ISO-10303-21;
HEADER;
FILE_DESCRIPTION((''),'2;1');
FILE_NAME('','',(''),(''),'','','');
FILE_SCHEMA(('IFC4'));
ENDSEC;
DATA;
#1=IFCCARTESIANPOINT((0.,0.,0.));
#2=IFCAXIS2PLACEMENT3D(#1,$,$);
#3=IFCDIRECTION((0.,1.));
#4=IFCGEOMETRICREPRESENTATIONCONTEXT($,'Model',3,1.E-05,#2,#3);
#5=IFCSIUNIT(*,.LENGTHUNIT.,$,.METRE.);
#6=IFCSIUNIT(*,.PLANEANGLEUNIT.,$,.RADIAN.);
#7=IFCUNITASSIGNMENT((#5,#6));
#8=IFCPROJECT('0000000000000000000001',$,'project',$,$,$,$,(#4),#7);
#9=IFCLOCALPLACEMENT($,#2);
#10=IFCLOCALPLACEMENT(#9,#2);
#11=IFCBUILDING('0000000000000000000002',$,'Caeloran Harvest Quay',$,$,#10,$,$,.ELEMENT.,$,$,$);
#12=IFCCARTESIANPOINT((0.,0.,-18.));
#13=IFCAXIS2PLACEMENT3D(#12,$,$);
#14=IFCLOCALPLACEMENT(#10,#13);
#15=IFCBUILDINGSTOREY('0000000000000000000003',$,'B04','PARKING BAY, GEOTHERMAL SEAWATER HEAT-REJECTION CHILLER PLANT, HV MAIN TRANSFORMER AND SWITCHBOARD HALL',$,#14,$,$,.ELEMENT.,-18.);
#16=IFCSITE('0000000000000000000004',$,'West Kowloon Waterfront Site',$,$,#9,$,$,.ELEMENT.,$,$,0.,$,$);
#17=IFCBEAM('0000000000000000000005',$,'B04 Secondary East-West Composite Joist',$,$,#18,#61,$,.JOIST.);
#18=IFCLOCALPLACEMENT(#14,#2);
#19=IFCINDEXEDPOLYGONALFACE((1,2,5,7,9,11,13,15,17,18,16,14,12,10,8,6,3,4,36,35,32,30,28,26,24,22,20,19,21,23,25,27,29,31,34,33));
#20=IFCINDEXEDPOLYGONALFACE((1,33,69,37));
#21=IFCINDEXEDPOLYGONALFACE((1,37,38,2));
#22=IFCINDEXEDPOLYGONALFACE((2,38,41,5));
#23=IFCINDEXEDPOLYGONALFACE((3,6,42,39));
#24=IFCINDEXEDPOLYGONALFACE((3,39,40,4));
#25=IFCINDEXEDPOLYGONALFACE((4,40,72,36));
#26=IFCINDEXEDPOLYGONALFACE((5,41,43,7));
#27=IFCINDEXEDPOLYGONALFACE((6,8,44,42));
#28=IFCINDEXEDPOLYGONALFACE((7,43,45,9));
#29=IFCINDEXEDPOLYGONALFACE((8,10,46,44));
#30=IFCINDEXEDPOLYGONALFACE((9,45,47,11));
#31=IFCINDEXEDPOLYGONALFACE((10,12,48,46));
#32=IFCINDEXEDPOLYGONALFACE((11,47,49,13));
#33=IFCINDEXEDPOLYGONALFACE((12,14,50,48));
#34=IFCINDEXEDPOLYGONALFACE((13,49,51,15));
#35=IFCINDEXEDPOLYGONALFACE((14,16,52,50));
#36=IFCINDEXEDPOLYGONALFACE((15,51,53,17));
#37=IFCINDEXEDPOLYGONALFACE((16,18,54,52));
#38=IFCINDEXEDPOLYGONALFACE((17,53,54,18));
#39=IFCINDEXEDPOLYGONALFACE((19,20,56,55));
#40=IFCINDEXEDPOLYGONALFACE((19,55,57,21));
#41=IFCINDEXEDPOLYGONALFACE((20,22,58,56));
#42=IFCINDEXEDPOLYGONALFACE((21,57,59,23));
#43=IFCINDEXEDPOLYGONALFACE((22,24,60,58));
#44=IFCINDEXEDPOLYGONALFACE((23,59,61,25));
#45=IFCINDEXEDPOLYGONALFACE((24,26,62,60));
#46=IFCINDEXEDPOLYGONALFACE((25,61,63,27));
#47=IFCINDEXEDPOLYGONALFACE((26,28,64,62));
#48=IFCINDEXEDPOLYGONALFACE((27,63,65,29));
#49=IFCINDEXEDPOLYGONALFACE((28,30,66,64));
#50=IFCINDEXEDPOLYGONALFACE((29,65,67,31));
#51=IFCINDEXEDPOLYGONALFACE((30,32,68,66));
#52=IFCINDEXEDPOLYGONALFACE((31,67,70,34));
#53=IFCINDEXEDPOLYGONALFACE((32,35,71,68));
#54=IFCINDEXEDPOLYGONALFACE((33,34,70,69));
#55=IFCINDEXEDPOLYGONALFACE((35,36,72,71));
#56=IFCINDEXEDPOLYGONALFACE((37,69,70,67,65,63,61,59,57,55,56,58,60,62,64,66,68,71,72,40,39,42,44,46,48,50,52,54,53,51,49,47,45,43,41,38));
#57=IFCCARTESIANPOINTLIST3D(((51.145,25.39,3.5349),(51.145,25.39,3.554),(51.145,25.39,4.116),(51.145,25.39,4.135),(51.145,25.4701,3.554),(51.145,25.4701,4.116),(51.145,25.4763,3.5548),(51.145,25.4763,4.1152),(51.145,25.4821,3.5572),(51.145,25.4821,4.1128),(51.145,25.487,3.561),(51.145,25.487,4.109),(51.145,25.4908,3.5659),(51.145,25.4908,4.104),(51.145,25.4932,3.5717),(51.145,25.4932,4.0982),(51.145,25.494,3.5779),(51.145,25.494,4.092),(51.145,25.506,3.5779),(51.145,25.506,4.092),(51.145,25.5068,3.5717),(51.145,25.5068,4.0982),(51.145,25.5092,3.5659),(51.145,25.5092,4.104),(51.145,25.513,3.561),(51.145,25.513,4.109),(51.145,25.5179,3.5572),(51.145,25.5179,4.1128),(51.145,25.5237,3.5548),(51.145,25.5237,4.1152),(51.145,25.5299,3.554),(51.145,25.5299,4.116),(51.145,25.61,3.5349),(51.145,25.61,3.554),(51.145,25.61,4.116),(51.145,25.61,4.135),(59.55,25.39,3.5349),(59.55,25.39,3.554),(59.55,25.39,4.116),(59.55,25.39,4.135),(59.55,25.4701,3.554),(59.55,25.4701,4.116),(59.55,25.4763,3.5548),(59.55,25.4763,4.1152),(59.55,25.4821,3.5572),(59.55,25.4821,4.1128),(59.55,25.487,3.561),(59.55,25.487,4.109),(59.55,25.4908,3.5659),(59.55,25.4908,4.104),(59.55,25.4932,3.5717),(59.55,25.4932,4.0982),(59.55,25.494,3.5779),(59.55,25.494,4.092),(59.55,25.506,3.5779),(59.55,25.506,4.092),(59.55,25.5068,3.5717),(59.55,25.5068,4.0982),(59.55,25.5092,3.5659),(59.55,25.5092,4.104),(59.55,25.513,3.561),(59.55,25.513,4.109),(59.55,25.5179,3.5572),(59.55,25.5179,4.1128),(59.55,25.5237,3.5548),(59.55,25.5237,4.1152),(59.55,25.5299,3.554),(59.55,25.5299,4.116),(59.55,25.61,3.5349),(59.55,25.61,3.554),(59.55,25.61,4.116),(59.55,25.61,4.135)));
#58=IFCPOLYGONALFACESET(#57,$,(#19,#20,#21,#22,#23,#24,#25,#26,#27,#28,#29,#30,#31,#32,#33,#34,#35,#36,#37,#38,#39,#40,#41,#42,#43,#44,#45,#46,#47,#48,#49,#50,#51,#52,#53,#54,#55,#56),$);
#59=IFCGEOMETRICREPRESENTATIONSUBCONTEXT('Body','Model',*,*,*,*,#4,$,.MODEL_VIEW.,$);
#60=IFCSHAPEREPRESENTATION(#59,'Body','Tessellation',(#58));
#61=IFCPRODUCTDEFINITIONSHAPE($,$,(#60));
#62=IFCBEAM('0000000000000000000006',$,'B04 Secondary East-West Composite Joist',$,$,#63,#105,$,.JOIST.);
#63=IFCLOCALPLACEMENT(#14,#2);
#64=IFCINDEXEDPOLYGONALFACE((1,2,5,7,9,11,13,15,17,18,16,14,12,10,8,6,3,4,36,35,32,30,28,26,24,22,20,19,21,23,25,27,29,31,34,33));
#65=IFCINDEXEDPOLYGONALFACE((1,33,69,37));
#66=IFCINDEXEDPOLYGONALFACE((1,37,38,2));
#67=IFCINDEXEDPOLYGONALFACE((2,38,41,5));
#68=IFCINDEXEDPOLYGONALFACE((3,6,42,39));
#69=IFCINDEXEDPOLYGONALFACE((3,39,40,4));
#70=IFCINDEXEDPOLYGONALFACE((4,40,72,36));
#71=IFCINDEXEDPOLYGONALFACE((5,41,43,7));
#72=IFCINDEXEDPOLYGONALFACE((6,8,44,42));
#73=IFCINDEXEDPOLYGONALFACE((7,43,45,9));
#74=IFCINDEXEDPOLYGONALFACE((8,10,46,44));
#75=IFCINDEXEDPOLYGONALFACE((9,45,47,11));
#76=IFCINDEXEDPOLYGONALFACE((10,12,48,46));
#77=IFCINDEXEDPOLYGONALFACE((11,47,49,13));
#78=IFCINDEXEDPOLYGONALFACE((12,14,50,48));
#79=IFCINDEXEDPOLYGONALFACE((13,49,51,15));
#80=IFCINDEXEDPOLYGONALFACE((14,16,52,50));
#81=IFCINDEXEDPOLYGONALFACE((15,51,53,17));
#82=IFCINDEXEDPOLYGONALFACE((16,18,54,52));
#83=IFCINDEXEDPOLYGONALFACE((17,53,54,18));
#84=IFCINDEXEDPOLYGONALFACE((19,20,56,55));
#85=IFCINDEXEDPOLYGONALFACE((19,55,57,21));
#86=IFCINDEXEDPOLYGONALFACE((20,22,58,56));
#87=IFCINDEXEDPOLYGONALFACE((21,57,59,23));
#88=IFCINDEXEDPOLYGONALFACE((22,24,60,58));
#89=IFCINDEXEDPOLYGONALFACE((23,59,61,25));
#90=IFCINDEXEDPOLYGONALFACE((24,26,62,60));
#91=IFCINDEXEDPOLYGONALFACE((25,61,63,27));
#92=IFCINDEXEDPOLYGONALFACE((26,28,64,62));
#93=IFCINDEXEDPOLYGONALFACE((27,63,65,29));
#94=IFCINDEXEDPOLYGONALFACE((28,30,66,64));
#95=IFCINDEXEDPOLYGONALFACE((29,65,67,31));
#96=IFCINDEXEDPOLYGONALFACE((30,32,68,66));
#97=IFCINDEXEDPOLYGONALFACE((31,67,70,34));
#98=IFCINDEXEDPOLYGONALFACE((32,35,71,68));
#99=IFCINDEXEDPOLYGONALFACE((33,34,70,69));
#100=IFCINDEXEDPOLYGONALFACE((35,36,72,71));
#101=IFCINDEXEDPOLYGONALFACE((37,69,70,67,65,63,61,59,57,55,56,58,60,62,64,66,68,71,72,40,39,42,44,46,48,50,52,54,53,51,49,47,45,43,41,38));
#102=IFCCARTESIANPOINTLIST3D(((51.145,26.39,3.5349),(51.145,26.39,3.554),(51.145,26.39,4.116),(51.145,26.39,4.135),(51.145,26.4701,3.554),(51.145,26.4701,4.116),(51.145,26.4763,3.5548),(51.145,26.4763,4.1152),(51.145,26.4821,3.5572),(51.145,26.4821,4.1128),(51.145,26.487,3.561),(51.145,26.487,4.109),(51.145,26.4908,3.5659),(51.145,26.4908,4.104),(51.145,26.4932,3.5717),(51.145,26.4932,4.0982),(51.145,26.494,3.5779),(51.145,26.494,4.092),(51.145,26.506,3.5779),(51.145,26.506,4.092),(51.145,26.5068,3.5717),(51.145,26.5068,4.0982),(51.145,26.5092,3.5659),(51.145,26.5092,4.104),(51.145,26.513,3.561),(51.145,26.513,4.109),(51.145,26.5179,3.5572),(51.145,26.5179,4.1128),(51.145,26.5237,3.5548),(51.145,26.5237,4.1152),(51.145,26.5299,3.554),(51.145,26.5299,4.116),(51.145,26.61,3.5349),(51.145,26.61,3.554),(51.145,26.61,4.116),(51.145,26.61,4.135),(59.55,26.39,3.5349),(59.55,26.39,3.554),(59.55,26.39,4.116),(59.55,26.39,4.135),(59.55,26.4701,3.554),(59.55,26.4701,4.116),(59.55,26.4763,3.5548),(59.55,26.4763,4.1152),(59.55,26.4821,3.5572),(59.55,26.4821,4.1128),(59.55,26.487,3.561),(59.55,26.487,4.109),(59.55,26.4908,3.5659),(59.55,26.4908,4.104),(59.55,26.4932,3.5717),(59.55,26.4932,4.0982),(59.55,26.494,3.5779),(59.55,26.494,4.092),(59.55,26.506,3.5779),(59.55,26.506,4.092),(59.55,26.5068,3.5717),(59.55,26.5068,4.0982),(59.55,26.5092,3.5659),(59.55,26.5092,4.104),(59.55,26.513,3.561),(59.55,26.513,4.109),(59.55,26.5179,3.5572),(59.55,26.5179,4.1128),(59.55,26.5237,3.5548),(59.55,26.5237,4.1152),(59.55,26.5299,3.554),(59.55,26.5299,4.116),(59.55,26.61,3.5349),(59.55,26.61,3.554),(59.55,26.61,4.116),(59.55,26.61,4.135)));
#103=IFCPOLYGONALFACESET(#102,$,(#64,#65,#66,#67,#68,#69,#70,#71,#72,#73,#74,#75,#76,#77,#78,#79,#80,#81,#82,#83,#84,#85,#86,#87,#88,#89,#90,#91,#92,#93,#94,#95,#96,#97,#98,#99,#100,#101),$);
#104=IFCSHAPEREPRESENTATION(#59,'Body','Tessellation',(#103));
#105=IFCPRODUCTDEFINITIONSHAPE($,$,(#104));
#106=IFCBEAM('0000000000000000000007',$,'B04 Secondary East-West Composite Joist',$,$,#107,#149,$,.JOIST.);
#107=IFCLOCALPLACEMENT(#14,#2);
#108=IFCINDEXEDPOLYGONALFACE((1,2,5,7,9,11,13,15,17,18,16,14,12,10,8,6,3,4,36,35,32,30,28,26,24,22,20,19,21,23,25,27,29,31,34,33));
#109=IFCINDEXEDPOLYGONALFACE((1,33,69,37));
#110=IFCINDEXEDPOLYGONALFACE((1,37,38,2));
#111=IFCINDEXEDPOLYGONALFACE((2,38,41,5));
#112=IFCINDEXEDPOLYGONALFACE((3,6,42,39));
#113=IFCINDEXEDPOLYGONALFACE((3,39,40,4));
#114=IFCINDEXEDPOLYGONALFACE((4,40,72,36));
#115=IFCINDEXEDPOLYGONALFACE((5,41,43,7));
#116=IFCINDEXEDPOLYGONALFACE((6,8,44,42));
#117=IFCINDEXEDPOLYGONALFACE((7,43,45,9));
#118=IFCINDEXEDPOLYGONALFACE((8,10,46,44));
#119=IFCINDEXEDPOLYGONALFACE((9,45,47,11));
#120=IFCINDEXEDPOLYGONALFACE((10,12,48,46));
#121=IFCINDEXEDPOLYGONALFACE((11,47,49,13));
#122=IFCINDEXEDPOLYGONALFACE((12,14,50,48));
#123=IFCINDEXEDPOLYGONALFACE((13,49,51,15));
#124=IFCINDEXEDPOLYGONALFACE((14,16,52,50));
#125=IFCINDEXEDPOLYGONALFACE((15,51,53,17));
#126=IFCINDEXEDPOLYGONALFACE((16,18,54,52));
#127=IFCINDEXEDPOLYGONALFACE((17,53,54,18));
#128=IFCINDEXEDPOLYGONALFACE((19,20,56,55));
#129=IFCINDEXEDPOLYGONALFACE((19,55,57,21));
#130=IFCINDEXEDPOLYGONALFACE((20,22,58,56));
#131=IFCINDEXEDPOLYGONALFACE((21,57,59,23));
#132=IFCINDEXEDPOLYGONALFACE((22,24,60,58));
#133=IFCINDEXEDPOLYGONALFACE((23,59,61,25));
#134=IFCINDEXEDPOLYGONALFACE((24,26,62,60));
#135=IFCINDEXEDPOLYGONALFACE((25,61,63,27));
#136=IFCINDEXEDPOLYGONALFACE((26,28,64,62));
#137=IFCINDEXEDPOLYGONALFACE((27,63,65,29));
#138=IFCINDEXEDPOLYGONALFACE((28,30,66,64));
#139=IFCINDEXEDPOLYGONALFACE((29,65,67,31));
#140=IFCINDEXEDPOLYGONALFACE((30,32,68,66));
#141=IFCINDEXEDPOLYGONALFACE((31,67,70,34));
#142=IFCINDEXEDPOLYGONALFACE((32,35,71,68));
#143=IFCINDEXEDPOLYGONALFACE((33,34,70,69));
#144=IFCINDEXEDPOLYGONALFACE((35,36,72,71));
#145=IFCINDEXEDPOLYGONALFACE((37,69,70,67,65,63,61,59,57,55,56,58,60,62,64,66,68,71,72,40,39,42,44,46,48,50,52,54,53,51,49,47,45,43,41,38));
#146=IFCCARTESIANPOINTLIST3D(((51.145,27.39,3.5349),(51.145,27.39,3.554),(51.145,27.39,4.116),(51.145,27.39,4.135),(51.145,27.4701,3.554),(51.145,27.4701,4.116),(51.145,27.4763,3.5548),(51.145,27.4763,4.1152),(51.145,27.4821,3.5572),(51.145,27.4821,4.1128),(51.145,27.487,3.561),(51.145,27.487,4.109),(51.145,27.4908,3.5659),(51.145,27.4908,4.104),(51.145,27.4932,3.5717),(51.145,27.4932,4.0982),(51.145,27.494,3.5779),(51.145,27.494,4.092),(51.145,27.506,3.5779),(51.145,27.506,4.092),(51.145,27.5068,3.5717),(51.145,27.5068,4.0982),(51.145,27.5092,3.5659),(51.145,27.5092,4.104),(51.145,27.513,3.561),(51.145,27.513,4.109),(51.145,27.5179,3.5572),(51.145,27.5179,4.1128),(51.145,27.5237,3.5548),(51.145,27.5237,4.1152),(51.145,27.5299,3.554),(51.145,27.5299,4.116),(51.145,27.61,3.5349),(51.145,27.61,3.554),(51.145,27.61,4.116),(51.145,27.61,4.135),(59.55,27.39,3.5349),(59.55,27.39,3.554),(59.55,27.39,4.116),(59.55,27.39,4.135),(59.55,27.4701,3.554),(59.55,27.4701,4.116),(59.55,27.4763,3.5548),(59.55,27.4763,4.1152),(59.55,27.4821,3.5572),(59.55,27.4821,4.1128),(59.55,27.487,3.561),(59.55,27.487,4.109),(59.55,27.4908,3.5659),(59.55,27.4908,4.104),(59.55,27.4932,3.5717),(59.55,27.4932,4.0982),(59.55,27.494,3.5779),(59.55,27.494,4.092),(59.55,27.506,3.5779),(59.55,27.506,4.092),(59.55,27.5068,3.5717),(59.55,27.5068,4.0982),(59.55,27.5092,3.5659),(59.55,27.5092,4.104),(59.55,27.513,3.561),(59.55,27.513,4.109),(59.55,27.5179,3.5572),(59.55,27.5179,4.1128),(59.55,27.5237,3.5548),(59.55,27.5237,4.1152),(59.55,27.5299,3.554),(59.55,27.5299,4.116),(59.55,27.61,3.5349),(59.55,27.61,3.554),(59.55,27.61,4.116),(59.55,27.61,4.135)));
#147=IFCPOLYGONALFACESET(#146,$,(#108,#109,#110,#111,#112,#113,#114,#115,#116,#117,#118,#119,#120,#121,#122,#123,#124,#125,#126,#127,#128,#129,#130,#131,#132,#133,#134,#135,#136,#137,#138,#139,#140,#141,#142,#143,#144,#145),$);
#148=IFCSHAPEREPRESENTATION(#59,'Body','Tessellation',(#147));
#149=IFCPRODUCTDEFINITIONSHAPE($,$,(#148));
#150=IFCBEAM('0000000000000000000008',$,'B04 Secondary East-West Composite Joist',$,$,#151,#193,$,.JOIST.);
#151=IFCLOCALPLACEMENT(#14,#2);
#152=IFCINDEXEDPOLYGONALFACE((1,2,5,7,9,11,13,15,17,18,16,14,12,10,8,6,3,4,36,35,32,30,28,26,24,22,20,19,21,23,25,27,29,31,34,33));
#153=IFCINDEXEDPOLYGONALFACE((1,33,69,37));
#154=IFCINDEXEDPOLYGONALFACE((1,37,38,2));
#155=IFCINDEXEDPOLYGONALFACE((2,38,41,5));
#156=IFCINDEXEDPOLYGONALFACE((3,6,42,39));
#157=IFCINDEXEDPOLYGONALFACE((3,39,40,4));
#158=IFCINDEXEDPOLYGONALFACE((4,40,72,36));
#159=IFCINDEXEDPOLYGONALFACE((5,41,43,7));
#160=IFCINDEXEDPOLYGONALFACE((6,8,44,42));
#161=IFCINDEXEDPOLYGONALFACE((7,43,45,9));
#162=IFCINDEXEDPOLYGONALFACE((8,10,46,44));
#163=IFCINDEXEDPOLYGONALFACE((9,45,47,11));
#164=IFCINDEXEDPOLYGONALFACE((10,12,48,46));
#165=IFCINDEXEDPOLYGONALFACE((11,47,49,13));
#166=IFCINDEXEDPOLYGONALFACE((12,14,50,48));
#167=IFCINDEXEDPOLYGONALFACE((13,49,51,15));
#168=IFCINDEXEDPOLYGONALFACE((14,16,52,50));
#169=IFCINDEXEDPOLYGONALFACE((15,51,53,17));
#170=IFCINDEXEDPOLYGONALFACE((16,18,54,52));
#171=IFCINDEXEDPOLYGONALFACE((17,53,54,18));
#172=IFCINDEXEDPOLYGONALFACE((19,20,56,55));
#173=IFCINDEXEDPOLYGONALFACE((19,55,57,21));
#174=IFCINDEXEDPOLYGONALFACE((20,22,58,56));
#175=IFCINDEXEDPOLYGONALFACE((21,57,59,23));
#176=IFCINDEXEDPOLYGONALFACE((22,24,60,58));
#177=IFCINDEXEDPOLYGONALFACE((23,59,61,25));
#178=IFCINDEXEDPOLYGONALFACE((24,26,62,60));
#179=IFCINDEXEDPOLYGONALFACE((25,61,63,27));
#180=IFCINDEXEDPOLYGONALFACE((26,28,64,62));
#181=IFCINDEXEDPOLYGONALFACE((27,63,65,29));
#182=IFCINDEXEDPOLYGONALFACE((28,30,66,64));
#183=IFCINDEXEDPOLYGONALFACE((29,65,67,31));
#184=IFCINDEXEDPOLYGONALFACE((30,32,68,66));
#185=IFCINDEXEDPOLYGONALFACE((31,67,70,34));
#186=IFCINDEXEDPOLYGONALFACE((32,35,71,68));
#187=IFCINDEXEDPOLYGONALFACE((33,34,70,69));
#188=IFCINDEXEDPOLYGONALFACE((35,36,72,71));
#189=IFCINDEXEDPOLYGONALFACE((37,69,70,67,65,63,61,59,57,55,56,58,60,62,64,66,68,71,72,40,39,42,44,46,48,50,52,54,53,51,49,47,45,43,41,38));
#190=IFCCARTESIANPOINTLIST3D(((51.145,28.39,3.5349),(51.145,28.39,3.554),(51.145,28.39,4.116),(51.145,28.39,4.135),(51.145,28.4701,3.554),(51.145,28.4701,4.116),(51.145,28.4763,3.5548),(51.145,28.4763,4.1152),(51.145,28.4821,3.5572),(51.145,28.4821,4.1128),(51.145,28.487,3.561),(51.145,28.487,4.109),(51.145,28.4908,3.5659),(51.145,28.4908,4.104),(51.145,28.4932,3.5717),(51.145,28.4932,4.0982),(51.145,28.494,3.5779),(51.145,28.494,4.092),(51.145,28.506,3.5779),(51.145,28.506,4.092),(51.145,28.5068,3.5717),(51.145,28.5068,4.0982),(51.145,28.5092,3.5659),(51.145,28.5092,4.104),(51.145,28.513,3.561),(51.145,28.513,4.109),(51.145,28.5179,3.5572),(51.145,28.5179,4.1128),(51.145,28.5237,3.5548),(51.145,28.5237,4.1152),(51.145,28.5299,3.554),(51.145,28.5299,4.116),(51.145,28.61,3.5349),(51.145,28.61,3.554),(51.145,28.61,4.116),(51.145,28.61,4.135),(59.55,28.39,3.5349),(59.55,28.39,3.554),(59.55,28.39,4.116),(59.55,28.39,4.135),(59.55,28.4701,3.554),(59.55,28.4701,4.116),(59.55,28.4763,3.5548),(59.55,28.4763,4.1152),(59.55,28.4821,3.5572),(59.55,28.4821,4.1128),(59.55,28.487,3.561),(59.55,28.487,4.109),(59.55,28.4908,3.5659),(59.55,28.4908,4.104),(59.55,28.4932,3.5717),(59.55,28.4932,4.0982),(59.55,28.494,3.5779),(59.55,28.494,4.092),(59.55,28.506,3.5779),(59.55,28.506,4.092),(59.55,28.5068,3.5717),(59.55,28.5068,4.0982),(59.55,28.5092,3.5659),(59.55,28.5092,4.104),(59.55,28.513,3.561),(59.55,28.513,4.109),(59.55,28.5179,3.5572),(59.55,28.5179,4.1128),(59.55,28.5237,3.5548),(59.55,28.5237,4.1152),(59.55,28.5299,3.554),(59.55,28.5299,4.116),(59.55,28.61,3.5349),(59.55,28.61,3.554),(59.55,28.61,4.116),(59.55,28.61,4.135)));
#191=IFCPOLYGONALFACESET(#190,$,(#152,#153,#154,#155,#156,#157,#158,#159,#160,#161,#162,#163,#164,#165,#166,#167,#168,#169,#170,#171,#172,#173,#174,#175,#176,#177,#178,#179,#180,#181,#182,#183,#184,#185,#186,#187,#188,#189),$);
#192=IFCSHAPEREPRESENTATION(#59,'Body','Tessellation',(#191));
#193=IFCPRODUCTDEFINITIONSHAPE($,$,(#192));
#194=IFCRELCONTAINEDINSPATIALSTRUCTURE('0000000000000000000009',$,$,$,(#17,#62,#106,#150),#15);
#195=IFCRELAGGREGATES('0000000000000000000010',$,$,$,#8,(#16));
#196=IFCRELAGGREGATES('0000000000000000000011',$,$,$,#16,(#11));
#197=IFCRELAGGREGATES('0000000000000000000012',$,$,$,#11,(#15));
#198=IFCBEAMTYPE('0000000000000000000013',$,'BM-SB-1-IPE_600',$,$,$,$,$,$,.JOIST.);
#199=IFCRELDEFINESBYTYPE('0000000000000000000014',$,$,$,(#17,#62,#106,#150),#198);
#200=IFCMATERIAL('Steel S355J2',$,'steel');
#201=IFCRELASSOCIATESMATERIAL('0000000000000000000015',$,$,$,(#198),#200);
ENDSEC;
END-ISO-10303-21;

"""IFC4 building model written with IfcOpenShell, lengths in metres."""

from ifc_helpers import new_model, si_unit, direction, frame, origin, origin_2d, place, context, subcontext, project, spatial, i_section, extrude, material, material_profile, profile_set, type_object, element, save


model = new_model("IFC4")

# Units and contexts
model_context = context("Model", 3, precision=1e-05, world=origin(), true_north=direction((0.0, 1.0)))
body_context = subcontext(model_context, "Body", "Model", "MODEL_VIEW")
ifc_project = project(units=[si_unit("LENGTHUNIT", "METRE"), si_unit("PLANEANGLEUNIT", "RADIAN")], contexts=[model_context])

# Site, building, storey
site_placement = place(None, origin())
site = spatial("IfcSite", under=ifc_project, at=site_placement, Name="West Kowloon Waterfront Site", CompositionType="ELEMENT", RefElevation=0.0)
building_placement = place(site_placement, origin())
building = spatial("IfcBuilding", under=site, at=building_placement, Name="Caeloran Harvest Quay", CompositionType="ELEMENT")
storey_placement = place(building_placement, frame((0.0, 0.0, -18.0)))
storey = spatial("IfcBuildingStorey", under=building, at=storey_placement, Name="B04", Description="PARKING BAY, GEOTHERMAL SEAWATER HEAT-REJECTION CHILLER PLANT, HV MAIN TRANSFORMER AND SWITCHBOARD HALL", CompositionType="ELEMENT", Elevation=-18.0)

# Beams
ifc_material_1 = material(Name="Steel S355J2", Category="steel")
ifc_material_profile_1 = material_profile(ifc_material_1, i_section(OverallWidth=0.22, OverallDepth=0.6001, WebThickness=0.012, FlangeThickness=0.019, FilletRadius=0.0239, at=origin_2d()), Name="IPE 600")
ifc_profile_set_1 = profile_set([ifc_material_profile_1], Name="Steel S355J2")
beam_type_1 = type_object("IfcBeamType", Name="BM-SB-1-IPE_600", PredefinedType="JOIST", material=ifc_profile_set_1)
for number, where, z_axis, x_axis, name in (
    (1, (51.145, 25.5, 3.835), (1.0, 0.0, 0.0), (0.0, 1.0, 0.0), "B04 Secondary East-West Composite Joist"),
    (2, (51.145, 26.5, 3.835), (1.0, 0.0, 0.0), (0.0, 1.0, 0.0), "B04 Secondary East-West Composite Joist"),
    (3, (51.145, 27.5, 3.835), (1.0, 0.0, 0.0), (0.0, 1.0, 0.0), "B04 Secondary East-West Composite Joist"),
    (4, (51.145, 28.5, 3.835), (1.0, 0.0, 0.0), (0.0, 1.0, 0.0), "B04 Secondary East-West Composite Joist"),
):
    element("IfcBeam", number, at=place(storey_placement, frame(where, z_axis=z_axis, x_axis=x_axis)), inside=storey, type_object=beam_type_1, Name=name, PredefinedType="JOIST", context=body_context, shape_type="SweptSolid", body=[
        extrude(i_section(OverallWidth=0.22, OverallDepth=0.6001, WebThickness=0.012, FlangeThickness=0.019, FilletRadius=0.0239, at=origin_2d()), origin(), (0.0, 0.0, 1.0), 8.405),
    ])

save(model, "model.ifc")
